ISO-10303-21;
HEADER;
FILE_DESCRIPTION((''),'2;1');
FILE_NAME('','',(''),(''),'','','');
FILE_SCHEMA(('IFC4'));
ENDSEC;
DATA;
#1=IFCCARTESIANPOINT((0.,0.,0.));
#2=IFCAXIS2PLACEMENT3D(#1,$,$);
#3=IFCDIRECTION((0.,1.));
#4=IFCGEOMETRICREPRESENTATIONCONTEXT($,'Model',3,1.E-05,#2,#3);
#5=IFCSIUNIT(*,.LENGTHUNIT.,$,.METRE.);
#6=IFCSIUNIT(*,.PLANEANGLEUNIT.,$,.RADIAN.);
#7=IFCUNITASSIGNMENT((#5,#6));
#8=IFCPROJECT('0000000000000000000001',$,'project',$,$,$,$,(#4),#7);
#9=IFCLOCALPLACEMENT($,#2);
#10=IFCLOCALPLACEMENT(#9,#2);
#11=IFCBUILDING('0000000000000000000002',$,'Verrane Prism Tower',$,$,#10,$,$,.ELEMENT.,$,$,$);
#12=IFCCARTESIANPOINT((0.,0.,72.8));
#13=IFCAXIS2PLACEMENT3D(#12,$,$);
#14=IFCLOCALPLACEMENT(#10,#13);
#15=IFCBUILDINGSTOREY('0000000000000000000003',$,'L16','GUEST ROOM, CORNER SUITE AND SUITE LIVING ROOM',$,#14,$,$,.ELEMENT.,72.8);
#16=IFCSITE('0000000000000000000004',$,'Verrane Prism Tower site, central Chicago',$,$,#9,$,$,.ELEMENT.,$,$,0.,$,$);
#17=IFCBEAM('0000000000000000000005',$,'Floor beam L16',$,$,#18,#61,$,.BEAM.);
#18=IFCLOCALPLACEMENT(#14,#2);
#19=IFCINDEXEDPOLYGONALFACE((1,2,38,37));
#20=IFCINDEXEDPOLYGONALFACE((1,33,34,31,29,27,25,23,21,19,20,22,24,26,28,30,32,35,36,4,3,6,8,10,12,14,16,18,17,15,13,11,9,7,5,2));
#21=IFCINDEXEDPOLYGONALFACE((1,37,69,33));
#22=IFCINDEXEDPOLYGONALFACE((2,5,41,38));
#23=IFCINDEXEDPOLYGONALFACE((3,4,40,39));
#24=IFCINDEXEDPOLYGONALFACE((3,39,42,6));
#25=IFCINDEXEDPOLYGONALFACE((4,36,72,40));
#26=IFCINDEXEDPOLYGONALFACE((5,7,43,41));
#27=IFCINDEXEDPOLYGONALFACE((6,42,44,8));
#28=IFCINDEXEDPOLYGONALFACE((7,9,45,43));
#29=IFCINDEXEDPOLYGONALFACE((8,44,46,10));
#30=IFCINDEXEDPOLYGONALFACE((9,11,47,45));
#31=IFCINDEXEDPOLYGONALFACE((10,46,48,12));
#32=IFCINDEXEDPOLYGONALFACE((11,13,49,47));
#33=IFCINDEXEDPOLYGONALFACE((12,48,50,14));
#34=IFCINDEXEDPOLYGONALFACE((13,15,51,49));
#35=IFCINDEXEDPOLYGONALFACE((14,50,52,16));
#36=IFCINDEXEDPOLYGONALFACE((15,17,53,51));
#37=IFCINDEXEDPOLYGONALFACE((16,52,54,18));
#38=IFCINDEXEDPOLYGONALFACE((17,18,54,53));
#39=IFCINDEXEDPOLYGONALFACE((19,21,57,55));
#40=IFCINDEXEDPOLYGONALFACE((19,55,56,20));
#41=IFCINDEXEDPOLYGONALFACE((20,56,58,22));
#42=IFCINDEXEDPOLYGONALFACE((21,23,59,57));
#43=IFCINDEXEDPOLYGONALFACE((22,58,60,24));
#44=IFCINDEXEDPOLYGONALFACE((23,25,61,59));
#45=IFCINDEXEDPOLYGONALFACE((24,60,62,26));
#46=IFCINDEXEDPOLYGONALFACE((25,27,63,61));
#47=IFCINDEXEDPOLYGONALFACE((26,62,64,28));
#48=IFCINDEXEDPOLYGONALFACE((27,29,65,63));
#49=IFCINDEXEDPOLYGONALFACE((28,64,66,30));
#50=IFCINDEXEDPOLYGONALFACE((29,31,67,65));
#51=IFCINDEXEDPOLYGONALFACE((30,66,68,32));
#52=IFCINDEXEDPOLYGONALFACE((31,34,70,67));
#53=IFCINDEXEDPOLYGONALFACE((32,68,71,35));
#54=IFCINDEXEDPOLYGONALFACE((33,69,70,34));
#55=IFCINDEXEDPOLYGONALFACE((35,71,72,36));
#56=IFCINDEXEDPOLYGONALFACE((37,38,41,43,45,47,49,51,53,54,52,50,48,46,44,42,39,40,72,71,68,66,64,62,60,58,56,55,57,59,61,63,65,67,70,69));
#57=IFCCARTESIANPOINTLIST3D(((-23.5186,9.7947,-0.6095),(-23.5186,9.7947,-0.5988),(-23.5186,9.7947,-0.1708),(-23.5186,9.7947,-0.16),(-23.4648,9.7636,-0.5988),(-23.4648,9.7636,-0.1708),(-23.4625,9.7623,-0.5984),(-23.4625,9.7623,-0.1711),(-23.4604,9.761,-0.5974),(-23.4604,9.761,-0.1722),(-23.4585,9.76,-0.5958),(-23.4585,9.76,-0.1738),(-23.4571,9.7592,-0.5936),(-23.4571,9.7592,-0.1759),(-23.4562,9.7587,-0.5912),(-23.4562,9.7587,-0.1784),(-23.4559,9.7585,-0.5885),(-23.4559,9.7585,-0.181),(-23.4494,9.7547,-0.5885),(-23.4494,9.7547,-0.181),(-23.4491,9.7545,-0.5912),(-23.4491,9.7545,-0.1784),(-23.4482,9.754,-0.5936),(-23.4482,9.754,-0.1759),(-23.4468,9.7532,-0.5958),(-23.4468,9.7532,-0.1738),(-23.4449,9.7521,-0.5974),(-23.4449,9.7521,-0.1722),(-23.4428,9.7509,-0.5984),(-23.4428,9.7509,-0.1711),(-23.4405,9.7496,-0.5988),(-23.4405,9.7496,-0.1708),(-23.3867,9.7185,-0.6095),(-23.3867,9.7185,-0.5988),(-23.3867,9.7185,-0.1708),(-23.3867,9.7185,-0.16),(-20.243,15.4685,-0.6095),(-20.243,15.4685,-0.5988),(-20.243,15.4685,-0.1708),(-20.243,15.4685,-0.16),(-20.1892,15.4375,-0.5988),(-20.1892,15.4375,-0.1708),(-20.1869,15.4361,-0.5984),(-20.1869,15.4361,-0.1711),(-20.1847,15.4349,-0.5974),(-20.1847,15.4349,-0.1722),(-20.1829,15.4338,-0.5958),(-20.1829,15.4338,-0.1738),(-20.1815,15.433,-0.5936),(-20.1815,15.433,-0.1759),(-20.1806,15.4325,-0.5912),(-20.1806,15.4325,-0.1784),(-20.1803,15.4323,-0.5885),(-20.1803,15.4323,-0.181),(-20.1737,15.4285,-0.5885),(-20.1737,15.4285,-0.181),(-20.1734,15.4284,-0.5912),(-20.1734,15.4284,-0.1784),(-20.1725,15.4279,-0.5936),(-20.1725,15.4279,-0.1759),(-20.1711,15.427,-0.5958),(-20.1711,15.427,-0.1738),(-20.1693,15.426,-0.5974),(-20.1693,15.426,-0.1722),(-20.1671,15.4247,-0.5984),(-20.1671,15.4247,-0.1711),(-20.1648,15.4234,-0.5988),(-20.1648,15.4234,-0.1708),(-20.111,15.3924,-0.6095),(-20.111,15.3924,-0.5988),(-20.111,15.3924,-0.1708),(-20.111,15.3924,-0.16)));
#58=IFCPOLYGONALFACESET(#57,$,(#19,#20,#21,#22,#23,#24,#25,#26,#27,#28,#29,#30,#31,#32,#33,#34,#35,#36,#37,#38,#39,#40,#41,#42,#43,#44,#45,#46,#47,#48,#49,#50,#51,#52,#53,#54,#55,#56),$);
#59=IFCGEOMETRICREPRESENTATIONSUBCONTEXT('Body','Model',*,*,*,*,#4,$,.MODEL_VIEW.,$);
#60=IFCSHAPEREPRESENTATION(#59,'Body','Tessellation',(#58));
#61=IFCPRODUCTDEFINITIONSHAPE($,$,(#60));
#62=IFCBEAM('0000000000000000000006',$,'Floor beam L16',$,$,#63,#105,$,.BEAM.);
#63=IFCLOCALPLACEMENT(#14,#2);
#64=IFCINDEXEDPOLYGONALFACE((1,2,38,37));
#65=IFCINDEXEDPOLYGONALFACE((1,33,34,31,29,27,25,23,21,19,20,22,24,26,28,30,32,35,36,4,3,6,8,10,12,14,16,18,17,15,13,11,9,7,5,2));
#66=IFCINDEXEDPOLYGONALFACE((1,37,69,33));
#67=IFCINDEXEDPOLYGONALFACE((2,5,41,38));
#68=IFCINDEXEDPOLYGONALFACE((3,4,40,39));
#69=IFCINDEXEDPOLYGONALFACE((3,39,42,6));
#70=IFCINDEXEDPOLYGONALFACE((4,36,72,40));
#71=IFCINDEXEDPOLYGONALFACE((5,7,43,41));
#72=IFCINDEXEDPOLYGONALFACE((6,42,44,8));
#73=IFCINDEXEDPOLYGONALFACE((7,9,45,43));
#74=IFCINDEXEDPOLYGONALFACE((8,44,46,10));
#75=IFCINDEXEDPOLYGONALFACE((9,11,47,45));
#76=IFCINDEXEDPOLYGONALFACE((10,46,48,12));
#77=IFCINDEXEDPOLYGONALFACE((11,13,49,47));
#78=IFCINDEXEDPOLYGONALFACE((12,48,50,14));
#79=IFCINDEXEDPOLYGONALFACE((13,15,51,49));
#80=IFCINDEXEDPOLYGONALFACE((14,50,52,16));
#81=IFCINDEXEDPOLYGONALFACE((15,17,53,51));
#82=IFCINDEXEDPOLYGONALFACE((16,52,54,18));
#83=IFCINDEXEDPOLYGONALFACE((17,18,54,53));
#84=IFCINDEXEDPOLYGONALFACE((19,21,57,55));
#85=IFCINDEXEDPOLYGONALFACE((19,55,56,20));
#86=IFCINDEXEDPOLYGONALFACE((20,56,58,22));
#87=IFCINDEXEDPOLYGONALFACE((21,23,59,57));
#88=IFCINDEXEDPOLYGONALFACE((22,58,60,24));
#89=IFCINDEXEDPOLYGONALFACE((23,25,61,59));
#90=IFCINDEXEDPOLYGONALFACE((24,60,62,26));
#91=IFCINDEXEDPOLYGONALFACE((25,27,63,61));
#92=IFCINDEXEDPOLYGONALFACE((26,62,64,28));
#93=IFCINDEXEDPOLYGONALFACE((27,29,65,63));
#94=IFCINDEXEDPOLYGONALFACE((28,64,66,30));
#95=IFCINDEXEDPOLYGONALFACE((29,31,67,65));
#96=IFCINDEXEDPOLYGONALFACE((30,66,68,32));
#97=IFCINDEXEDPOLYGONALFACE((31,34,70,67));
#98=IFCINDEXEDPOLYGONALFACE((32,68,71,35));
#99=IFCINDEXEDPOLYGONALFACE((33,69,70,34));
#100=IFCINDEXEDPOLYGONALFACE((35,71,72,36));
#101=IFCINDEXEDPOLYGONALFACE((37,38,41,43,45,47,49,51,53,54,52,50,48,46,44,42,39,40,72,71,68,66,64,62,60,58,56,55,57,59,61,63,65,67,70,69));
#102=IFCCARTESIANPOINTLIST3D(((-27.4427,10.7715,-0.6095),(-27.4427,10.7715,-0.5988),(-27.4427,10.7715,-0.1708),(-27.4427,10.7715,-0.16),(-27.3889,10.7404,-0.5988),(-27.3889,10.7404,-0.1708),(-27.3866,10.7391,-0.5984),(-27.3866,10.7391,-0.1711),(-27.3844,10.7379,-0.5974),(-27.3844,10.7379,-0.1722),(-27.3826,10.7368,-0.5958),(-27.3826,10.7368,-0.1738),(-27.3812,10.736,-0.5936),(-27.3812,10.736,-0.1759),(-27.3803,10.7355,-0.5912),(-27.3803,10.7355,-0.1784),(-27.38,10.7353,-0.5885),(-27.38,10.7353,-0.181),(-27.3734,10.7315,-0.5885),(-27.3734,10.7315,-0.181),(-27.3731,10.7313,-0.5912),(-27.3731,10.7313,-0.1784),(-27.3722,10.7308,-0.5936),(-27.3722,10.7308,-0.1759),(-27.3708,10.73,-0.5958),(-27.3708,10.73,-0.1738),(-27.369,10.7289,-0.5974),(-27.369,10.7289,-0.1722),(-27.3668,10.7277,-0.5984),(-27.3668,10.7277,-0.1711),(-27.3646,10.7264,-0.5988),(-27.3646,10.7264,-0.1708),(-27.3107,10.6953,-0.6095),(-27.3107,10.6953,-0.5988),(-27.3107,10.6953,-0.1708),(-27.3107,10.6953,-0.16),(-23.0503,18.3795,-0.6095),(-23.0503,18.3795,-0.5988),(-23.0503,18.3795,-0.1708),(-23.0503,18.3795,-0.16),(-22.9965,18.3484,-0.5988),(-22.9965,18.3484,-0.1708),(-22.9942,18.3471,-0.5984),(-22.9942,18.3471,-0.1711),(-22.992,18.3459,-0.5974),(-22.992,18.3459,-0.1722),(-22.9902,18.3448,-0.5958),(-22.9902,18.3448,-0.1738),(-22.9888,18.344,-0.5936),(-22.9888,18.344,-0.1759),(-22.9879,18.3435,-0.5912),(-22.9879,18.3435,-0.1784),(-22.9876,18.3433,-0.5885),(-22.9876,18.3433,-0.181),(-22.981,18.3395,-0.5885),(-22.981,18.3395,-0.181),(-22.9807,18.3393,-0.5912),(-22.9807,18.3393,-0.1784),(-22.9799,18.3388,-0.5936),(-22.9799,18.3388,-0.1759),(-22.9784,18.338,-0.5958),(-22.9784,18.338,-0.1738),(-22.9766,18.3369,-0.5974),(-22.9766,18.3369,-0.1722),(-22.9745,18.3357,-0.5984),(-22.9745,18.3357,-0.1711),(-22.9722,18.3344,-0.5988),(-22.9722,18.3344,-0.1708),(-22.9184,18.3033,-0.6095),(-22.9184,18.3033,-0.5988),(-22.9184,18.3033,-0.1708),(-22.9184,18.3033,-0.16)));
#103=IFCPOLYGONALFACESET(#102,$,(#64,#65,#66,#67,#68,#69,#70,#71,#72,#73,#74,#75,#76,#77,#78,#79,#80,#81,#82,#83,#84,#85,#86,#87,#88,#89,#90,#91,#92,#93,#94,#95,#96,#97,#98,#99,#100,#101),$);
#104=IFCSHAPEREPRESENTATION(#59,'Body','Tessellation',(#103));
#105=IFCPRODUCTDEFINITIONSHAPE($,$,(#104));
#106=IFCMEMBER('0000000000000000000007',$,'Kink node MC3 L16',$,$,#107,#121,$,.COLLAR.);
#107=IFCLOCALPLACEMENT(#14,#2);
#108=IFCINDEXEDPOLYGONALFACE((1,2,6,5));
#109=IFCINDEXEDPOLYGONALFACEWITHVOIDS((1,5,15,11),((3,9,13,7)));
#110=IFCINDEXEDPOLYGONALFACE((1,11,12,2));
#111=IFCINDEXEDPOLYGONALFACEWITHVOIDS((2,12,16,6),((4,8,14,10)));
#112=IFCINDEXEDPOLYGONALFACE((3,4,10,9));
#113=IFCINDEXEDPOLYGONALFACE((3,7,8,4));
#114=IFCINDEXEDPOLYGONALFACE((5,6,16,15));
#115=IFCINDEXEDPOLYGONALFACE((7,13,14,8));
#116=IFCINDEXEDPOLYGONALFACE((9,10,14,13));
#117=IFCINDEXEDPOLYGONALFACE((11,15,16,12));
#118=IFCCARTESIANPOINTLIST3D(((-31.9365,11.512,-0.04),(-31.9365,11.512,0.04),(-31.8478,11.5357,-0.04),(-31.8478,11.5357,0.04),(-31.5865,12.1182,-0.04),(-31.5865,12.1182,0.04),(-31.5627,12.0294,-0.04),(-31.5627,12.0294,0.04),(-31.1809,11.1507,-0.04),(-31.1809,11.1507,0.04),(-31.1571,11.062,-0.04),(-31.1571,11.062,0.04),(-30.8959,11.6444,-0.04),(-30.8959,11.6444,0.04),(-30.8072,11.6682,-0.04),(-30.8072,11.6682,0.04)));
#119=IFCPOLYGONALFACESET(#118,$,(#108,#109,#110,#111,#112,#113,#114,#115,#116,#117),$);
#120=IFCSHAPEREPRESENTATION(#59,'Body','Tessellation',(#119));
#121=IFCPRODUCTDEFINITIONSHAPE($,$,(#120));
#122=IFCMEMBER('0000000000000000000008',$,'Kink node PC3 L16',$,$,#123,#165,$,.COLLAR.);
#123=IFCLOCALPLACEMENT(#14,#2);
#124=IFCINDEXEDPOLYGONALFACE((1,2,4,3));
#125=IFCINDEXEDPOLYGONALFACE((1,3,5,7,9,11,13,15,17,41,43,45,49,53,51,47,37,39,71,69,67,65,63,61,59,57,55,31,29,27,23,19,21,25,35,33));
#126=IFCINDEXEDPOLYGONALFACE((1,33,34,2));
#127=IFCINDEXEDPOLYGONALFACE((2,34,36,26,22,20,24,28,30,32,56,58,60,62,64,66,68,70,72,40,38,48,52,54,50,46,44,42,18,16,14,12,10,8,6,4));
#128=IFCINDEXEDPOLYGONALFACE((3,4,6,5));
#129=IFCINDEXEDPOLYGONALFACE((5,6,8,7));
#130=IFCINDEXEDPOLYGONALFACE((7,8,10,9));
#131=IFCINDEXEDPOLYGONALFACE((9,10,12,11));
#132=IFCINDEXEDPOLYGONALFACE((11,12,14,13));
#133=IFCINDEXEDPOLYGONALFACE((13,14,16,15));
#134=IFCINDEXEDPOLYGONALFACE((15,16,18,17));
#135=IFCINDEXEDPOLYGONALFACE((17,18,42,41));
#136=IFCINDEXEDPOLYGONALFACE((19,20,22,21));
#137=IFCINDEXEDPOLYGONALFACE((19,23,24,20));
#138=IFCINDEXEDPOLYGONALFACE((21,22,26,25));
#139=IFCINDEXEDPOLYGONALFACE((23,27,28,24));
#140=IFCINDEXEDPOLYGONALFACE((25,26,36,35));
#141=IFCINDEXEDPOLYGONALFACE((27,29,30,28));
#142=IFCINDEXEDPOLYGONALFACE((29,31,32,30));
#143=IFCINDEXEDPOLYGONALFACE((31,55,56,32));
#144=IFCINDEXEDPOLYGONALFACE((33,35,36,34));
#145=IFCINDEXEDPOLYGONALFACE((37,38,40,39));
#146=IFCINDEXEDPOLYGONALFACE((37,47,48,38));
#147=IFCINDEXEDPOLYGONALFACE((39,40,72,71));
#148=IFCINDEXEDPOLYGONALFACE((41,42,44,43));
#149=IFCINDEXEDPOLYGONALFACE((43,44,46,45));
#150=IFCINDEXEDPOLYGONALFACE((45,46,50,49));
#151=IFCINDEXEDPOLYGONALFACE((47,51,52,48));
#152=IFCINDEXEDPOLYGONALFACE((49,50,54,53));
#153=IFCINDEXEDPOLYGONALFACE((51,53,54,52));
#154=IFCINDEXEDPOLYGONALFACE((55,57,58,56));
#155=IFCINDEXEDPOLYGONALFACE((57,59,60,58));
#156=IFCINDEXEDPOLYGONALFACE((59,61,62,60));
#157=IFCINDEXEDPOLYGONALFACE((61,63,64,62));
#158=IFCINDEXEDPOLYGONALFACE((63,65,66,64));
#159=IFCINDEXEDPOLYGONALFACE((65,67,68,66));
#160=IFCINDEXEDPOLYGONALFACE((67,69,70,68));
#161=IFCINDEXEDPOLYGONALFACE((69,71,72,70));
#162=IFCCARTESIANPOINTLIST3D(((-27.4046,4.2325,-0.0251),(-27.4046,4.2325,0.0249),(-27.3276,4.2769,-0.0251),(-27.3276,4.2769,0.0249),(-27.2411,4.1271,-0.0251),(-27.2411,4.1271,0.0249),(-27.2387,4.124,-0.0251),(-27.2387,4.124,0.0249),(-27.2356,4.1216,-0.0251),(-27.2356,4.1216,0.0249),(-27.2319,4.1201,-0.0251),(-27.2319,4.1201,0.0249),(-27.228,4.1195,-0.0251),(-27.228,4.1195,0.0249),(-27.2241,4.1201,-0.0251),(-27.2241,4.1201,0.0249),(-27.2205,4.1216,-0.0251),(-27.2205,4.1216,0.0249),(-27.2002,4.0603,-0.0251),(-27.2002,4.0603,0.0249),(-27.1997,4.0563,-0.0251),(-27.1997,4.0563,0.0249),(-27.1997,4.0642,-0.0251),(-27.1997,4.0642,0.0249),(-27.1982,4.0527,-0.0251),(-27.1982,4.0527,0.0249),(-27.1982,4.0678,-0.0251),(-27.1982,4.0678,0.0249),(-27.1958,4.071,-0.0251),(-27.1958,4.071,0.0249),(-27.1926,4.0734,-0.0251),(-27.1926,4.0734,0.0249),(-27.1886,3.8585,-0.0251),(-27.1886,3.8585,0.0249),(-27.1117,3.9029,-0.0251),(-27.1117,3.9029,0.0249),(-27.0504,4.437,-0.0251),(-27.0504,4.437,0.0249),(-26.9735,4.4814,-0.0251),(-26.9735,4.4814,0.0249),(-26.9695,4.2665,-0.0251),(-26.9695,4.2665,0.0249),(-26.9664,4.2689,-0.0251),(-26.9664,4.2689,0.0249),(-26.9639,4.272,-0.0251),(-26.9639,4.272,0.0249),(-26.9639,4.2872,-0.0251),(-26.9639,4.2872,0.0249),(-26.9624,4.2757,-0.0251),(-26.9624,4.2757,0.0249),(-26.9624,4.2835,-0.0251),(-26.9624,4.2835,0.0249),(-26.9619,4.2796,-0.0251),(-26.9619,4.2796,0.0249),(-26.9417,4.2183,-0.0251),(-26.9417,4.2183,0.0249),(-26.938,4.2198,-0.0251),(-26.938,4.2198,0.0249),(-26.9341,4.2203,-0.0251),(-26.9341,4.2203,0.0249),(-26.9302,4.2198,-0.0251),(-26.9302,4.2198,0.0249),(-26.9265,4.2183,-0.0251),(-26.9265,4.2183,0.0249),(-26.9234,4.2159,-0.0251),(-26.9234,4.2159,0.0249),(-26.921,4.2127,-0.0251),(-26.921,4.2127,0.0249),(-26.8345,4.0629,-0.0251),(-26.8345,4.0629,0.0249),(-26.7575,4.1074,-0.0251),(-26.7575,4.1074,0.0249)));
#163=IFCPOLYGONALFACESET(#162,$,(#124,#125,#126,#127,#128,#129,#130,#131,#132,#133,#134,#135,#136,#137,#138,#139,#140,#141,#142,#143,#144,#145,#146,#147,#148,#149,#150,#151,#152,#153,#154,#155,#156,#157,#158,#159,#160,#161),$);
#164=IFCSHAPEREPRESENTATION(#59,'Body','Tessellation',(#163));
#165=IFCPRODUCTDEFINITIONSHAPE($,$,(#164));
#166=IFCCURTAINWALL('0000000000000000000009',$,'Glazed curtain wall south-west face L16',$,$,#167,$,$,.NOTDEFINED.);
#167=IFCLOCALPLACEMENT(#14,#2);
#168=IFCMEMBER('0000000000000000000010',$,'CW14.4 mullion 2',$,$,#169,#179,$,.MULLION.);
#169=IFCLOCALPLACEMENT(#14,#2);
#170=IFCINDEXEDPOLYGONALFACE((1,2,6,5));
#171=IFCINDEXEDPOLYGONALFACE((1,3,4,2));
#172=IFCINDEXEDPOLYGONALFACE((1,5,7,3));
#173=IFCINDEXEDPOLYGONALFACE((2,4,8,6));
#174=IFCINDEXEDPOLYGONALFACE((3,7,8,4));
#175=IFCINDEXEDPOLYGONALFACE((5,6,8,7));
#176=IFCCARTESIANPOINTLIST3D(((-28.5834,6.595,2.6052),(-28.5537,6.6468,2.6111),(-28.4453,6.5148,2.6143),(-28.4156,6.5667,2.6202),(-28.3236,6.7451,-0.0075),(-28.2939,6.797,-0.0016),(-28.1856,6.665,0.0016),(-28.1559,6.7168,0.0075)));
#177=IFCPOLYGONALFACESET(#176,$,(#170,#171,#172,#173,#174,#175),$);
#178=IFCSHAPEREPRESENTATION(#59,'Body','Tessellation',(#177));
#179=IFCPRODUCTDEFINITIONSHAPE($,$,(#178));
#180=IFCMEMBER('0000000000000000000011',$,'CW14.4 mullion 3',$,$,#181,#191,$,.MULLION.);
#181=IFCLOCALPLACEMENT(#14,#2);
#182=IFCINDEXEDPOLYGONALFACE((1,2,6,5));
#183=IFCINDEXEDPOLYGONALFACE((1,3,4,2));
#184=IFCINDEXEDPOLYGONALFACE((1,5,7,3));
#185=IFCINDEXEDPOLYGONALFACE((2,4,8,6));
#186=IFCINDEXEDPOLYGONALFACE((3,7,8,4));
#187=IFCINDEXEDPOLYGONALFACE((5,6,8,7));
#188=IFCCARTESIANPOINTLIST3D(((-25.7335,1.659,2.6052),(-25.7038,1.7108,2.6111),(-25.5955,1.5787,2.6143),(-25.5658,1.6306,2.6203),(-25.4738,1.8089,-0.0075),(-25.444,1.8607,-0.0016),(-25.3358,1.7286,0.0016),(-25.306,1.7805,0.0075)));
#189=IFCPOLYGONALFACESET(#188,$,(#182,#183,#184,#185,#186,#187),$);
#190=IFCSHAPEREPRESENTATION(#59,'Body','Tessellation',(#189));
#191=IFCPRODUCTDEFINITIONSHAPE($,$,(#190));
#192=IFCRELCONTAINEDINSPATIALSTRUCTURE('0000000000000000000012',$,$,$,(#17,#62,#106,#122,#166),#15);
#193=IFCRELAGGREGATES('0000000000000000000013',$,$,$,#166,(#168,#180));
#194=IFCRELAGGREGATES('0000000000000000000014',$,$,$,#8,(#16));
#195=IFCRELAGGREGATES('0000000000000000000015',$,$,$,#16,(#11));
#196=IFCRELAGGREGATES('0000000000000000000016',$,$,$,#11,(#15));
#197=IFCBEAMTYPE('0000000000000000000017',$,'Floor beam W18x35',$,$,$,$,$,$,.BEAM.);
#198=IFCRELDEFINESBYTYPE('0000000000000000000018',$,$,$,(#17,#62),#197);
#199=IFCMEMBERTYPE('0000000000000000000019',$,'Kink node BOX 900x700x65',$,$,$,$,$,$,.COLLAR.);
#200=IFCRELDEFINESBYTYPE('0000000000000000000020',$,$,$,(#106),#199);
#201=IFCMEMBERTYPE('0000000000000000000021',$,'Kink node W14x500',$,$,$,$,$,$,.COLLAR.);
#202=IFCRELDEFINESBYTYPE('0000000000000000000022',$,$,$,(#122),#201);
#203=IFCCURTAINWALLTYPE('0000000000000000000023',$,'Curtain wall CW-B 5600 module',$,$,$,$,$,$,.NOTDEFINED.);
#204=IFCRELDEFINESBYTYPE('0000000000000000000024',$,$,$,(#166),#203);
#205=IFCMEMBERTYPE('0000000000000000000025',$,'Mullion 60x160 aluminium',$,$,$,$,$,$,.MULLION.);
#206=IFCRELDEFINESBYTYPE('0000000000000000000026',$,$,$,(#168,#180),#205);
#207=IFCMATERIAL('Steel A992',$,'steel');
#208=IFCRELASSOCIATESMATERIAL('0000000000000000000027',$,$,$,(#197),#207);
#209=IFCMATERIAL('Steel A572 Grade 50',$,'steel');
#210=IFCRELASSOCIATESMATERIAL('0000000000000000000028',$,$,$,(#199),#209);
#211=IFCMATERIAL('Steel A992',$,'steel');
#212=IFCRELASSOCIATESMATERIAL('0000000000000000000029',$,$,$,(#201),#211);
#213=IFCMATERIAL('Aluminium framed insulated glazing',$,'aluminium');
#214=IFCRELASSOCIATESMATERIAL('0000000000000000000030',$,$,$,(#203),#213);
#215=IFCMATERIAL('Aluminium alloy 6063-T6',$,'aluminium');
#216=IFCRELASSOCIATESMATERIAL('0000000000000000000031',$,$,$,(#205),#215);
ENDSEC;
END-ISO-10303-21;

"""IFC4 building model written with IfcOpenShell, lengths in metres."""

from ifc_helpers import new_model, si_unit, direction, frame, origin, origin_2d, place, context, subcontext, project, spatial, rectangle, hollow_rectangle, i_section, extrude, material, material_profile, profile_set, type_object, element, aggregate, save


model = new_model("IFC4")

# Units and contexts
model_context = context("Model", 3, precision=1e-05, world=origin(), true_north=direction((0.0, 1.0)))
body_context = subcontext(model_context, "Body", "Model", "MODEL_VIEW")
ifc_project = project(units=[si_unit("LENGTHUNIT", "METRE"), si_unit("PLANEANGLEUNIT", "RADIAN")], contexts=[model_context])

# Site, building, storey
site_placement = place(None, origin())
site = spatial("IfcSite", under=ifc_project, at=site_placement, Name="Verrane Prism Tower site, central Chicago", CompositionType="ELEMENT", RefElevation=0.0)
building_placement = place(site_placement, origin())
building = spatial("IfcBuilding", under=site, at=building_placement, Name="Verrane Prism Tower", CompositionType="ELEMENT")
storey_placement = place(building_placement, frame((0.0, 0.0, 72.8)))
storey = spatial("IfcBuildingStorey", under=building, at=storey_placement, Name="L16", Description="GUEST ROOM, CORNER SUITE AND SUITE LIVING ROOM", CompositionType="ELEMENT", Elevation=72.8)

# Beams
ifc_material_1 = material(Name="Steel A992", Category="steel")
ifc_material_profile_1 = material_profile(ifc_material_1, i_section(OverallWidth=0.1523, OverallDepth=0.4495, WebThickness=0.0076, FlangeThickness=0.0107, FilletRadius=0.0103, at=origin_2d()), Name="W18x35")
ifc_profile_set_1 = profile_set([ifc_material_profile_1], Name="Steel A992")
beam_type_1 = type_object("IfcBeamType", Name="Floor beam W18x35", PredefinedType="BEAM", material=ifc_profile_set_1)
beam_1_placement = place(storey_placement, frame((-23.4526, 9.7566, -0.3848), z_axis=(0.499983, 0.866035, 0.0), x_axis=(-0.866035, 0.499983, 0.0)))
element("IfcBeam", 1, at=beam_1_placement, inside=storey, type_object=beam_type_1, Name="Floor beam L16", PredefinedType="BEAM", context=body_context, shape_type="SweptSolid", body=[
    extrude(i_section(OverallWidth=0.1523, OverallDepth=0.4495, WebThickness=0.0076, FlangeThickness=0.0107, FilletRadius=0.0103, at=origin_2d()), origin(), (0.0, 0.0, 1.0), 6.5515),
])
beam_2_placement = place(storey_placement, frame((-27.3767, 10.7334, -0.3848), z_axis=(0.499992, 0.86603, 0.0), x_axis=(-0.86603, 0.499992, 0.0)))
element("IfcBeam", 2, at=beam_2_placement, inside=storey, type_object=beam_type_1, Name="Floor beam L16", PredefinedType="BEAM", context=body_context, shape_type="SweptSolid", body=[
    extrude(i_section(OverallWidth=0.1523, OverallDepth=0.4495, WebThickness=0.0076, FlangeThickness=0.0107, FilletRadius=0.0103, at=origin_2d()), origin(), (0.0, 0.0, 1.0), 8.7849),
])

# Members
ifc_material_2 = material(Name="Steel A572 Grade 50", Category="steel")
ifc_material_profile_2 = material_profile(ifc_material_2, hollow_rectangle(XDim=0.7, YDim=0.8999, WallThickness=0.0649, at=origin_2d()), Name="BOX 900x700x65")
ifc_profile_set_2 = profile_set([ifc_material_profile_2], Name="Steel A572 Grade 50")
member_type_1 = type_object("IfcMemberType", Name="Kink node BOX 900x700x65", PredefinedType="COLLAR", material=ifc_profile_set_2)
member_1_placement = place(storey_placement, frame((-31.3718, 11.5901, -0.04), z_axis=(0.0, 0.0, 1.0), x_axis=(0.5, 0.866025, 0.0)))
element("IfcMember", 3, at=member_1_placement, inside=storey, type_object=member_type_1, Name="Kink node MC3 L16", PredefinedType="COLLAR", context=body_context, shape_type="SweptSolid", body=[
    extrude(hollow_rectangle(XDim=0.7, YDim=0.8999, WallThickness=0.0649, at=origin_2d()), origin(), (0.0, 0.0, 1.0), 0.0801),
])
ifc_material_3 = material(Name="Steel A992", Category="steel")
ifc_material_profile_3 = material_profile(ifc_material_3, i_section(OverallWidth=0.4319, OverallDepth=0.4978, WebThickness=0.0557, FlangeThickness=0.0889, FilletRadius=0.0151, at=origin_2d()), Name="W14x500")
ifc_profile_set_3 = profile_set([ifc_material_profile_3], Name="Steel A992")
member_type_2 = type_object("IfcMemberType", Name="Kink node W14x500", PredefinedType="COLLAR", material=ifc_profile_set_3)
member_2_placement = place(storey_placement, frame((-27.0811, 4.1699, -0.0251), z_axis=(0.0, 0.0, 1.0), x_axis=(-0.5, 0.866025, 0.0)))
element("IfcMember", 4, at=member_2_placement, inside=storey, type_object=member_type_2, Name="Kink node PC3 L16", PredefinedType="COLLAR", context=body_context, shape_type="SweptSolid", body=[
    extrude(i_section(OverallWidth=0.4319, OverallDepth=0.4978, WebThickness=0.0557, FlangeThickness=0.0889, FilletRadius=0.0151, at=origin_2d()), origin(), (0.0, 0.0, 1.0), 0.05),
])

# Curtain wall, members
ifc_material_4 = material(Name="Aluminium framed insulated glazing", Category="aluminium")
curtain_wall_type = type_object("IfcCurtainWallType", Name="Curtain wall CW-B 5600 module", PredefinedType="NOTDEFINED", material=ifc_material_4)
curtain_wall_placement = place(storey_placement, origin())
curtain_wall = element("IfcCurtainWall", 5, at=curtain_wall_placement, inside=storey, type_object=curtain_wall_type, Name="Glazed curtain wall south-west face L16", PredefinedType="NOTDEFINED")
ifc_material_5 = material(Name="Aluminium alloy 6063-T6", Category="aluminium")
ifc_material_profile_4 = material_profile(ifc_material_5, rectangle(XDim=0.1599, YDim=0.0601, at=origin_2d()), Name="Mullion 60x160 aluminium")
ifc_profile_set_4 = profile_set([ifc_material_profile_4], Name="Aluminium alloy 6063-T6")
member_type_3 = type_object("IfcMemberType", Name="Mullion 60x160 aluminium", PredefinedType="MULLION", material=ifc_profile_set_4)
member_3_placement = place(storey_placement, frame((-28.2397, 6.731, 0.0), z_axis=(-0.098772, -0.057091, 0.993471), x_axis=(0.863446, -0.501207, 0.057042)))
member_3 = element("IfcMember", 6, at=member_3_placement, type_object=member_type_3, Name="CW14.4 mullion 2", PredefinedType="MULLION", context=body_context, shape_type="SweptSolid", body=[
    extrude(rectangle(XDim=0.1599, YDim=0.0601, at=origin_2d()), origin(), (0.0, 0.0, 1.0), 2.6299),
])
member_4_placement = place(storey_placement, frame((-25.3899, 1.7947, 0.0), z_axis=(-0.098772, -0.056998, 0.993476), x_axis=(0.863094, -0.501814, 0.057019)))
member_4 = element("IfcMember", 7, at=member_4_placement, type_object=member_type_3, Name="CW14.4 mullion 3", PredefinedType="MULLION", context=body_context, shape_type="SweptSolid", body=[
    extrude(rectangle(XDim=0.1599, YDim=0.0601, at=origin_2d()), origin(), (0.0, 0.0, 1.0), 2.6299),
])

aggregate(curtain_wall, [member_3, member_4])

save(model, "model.ifc")
